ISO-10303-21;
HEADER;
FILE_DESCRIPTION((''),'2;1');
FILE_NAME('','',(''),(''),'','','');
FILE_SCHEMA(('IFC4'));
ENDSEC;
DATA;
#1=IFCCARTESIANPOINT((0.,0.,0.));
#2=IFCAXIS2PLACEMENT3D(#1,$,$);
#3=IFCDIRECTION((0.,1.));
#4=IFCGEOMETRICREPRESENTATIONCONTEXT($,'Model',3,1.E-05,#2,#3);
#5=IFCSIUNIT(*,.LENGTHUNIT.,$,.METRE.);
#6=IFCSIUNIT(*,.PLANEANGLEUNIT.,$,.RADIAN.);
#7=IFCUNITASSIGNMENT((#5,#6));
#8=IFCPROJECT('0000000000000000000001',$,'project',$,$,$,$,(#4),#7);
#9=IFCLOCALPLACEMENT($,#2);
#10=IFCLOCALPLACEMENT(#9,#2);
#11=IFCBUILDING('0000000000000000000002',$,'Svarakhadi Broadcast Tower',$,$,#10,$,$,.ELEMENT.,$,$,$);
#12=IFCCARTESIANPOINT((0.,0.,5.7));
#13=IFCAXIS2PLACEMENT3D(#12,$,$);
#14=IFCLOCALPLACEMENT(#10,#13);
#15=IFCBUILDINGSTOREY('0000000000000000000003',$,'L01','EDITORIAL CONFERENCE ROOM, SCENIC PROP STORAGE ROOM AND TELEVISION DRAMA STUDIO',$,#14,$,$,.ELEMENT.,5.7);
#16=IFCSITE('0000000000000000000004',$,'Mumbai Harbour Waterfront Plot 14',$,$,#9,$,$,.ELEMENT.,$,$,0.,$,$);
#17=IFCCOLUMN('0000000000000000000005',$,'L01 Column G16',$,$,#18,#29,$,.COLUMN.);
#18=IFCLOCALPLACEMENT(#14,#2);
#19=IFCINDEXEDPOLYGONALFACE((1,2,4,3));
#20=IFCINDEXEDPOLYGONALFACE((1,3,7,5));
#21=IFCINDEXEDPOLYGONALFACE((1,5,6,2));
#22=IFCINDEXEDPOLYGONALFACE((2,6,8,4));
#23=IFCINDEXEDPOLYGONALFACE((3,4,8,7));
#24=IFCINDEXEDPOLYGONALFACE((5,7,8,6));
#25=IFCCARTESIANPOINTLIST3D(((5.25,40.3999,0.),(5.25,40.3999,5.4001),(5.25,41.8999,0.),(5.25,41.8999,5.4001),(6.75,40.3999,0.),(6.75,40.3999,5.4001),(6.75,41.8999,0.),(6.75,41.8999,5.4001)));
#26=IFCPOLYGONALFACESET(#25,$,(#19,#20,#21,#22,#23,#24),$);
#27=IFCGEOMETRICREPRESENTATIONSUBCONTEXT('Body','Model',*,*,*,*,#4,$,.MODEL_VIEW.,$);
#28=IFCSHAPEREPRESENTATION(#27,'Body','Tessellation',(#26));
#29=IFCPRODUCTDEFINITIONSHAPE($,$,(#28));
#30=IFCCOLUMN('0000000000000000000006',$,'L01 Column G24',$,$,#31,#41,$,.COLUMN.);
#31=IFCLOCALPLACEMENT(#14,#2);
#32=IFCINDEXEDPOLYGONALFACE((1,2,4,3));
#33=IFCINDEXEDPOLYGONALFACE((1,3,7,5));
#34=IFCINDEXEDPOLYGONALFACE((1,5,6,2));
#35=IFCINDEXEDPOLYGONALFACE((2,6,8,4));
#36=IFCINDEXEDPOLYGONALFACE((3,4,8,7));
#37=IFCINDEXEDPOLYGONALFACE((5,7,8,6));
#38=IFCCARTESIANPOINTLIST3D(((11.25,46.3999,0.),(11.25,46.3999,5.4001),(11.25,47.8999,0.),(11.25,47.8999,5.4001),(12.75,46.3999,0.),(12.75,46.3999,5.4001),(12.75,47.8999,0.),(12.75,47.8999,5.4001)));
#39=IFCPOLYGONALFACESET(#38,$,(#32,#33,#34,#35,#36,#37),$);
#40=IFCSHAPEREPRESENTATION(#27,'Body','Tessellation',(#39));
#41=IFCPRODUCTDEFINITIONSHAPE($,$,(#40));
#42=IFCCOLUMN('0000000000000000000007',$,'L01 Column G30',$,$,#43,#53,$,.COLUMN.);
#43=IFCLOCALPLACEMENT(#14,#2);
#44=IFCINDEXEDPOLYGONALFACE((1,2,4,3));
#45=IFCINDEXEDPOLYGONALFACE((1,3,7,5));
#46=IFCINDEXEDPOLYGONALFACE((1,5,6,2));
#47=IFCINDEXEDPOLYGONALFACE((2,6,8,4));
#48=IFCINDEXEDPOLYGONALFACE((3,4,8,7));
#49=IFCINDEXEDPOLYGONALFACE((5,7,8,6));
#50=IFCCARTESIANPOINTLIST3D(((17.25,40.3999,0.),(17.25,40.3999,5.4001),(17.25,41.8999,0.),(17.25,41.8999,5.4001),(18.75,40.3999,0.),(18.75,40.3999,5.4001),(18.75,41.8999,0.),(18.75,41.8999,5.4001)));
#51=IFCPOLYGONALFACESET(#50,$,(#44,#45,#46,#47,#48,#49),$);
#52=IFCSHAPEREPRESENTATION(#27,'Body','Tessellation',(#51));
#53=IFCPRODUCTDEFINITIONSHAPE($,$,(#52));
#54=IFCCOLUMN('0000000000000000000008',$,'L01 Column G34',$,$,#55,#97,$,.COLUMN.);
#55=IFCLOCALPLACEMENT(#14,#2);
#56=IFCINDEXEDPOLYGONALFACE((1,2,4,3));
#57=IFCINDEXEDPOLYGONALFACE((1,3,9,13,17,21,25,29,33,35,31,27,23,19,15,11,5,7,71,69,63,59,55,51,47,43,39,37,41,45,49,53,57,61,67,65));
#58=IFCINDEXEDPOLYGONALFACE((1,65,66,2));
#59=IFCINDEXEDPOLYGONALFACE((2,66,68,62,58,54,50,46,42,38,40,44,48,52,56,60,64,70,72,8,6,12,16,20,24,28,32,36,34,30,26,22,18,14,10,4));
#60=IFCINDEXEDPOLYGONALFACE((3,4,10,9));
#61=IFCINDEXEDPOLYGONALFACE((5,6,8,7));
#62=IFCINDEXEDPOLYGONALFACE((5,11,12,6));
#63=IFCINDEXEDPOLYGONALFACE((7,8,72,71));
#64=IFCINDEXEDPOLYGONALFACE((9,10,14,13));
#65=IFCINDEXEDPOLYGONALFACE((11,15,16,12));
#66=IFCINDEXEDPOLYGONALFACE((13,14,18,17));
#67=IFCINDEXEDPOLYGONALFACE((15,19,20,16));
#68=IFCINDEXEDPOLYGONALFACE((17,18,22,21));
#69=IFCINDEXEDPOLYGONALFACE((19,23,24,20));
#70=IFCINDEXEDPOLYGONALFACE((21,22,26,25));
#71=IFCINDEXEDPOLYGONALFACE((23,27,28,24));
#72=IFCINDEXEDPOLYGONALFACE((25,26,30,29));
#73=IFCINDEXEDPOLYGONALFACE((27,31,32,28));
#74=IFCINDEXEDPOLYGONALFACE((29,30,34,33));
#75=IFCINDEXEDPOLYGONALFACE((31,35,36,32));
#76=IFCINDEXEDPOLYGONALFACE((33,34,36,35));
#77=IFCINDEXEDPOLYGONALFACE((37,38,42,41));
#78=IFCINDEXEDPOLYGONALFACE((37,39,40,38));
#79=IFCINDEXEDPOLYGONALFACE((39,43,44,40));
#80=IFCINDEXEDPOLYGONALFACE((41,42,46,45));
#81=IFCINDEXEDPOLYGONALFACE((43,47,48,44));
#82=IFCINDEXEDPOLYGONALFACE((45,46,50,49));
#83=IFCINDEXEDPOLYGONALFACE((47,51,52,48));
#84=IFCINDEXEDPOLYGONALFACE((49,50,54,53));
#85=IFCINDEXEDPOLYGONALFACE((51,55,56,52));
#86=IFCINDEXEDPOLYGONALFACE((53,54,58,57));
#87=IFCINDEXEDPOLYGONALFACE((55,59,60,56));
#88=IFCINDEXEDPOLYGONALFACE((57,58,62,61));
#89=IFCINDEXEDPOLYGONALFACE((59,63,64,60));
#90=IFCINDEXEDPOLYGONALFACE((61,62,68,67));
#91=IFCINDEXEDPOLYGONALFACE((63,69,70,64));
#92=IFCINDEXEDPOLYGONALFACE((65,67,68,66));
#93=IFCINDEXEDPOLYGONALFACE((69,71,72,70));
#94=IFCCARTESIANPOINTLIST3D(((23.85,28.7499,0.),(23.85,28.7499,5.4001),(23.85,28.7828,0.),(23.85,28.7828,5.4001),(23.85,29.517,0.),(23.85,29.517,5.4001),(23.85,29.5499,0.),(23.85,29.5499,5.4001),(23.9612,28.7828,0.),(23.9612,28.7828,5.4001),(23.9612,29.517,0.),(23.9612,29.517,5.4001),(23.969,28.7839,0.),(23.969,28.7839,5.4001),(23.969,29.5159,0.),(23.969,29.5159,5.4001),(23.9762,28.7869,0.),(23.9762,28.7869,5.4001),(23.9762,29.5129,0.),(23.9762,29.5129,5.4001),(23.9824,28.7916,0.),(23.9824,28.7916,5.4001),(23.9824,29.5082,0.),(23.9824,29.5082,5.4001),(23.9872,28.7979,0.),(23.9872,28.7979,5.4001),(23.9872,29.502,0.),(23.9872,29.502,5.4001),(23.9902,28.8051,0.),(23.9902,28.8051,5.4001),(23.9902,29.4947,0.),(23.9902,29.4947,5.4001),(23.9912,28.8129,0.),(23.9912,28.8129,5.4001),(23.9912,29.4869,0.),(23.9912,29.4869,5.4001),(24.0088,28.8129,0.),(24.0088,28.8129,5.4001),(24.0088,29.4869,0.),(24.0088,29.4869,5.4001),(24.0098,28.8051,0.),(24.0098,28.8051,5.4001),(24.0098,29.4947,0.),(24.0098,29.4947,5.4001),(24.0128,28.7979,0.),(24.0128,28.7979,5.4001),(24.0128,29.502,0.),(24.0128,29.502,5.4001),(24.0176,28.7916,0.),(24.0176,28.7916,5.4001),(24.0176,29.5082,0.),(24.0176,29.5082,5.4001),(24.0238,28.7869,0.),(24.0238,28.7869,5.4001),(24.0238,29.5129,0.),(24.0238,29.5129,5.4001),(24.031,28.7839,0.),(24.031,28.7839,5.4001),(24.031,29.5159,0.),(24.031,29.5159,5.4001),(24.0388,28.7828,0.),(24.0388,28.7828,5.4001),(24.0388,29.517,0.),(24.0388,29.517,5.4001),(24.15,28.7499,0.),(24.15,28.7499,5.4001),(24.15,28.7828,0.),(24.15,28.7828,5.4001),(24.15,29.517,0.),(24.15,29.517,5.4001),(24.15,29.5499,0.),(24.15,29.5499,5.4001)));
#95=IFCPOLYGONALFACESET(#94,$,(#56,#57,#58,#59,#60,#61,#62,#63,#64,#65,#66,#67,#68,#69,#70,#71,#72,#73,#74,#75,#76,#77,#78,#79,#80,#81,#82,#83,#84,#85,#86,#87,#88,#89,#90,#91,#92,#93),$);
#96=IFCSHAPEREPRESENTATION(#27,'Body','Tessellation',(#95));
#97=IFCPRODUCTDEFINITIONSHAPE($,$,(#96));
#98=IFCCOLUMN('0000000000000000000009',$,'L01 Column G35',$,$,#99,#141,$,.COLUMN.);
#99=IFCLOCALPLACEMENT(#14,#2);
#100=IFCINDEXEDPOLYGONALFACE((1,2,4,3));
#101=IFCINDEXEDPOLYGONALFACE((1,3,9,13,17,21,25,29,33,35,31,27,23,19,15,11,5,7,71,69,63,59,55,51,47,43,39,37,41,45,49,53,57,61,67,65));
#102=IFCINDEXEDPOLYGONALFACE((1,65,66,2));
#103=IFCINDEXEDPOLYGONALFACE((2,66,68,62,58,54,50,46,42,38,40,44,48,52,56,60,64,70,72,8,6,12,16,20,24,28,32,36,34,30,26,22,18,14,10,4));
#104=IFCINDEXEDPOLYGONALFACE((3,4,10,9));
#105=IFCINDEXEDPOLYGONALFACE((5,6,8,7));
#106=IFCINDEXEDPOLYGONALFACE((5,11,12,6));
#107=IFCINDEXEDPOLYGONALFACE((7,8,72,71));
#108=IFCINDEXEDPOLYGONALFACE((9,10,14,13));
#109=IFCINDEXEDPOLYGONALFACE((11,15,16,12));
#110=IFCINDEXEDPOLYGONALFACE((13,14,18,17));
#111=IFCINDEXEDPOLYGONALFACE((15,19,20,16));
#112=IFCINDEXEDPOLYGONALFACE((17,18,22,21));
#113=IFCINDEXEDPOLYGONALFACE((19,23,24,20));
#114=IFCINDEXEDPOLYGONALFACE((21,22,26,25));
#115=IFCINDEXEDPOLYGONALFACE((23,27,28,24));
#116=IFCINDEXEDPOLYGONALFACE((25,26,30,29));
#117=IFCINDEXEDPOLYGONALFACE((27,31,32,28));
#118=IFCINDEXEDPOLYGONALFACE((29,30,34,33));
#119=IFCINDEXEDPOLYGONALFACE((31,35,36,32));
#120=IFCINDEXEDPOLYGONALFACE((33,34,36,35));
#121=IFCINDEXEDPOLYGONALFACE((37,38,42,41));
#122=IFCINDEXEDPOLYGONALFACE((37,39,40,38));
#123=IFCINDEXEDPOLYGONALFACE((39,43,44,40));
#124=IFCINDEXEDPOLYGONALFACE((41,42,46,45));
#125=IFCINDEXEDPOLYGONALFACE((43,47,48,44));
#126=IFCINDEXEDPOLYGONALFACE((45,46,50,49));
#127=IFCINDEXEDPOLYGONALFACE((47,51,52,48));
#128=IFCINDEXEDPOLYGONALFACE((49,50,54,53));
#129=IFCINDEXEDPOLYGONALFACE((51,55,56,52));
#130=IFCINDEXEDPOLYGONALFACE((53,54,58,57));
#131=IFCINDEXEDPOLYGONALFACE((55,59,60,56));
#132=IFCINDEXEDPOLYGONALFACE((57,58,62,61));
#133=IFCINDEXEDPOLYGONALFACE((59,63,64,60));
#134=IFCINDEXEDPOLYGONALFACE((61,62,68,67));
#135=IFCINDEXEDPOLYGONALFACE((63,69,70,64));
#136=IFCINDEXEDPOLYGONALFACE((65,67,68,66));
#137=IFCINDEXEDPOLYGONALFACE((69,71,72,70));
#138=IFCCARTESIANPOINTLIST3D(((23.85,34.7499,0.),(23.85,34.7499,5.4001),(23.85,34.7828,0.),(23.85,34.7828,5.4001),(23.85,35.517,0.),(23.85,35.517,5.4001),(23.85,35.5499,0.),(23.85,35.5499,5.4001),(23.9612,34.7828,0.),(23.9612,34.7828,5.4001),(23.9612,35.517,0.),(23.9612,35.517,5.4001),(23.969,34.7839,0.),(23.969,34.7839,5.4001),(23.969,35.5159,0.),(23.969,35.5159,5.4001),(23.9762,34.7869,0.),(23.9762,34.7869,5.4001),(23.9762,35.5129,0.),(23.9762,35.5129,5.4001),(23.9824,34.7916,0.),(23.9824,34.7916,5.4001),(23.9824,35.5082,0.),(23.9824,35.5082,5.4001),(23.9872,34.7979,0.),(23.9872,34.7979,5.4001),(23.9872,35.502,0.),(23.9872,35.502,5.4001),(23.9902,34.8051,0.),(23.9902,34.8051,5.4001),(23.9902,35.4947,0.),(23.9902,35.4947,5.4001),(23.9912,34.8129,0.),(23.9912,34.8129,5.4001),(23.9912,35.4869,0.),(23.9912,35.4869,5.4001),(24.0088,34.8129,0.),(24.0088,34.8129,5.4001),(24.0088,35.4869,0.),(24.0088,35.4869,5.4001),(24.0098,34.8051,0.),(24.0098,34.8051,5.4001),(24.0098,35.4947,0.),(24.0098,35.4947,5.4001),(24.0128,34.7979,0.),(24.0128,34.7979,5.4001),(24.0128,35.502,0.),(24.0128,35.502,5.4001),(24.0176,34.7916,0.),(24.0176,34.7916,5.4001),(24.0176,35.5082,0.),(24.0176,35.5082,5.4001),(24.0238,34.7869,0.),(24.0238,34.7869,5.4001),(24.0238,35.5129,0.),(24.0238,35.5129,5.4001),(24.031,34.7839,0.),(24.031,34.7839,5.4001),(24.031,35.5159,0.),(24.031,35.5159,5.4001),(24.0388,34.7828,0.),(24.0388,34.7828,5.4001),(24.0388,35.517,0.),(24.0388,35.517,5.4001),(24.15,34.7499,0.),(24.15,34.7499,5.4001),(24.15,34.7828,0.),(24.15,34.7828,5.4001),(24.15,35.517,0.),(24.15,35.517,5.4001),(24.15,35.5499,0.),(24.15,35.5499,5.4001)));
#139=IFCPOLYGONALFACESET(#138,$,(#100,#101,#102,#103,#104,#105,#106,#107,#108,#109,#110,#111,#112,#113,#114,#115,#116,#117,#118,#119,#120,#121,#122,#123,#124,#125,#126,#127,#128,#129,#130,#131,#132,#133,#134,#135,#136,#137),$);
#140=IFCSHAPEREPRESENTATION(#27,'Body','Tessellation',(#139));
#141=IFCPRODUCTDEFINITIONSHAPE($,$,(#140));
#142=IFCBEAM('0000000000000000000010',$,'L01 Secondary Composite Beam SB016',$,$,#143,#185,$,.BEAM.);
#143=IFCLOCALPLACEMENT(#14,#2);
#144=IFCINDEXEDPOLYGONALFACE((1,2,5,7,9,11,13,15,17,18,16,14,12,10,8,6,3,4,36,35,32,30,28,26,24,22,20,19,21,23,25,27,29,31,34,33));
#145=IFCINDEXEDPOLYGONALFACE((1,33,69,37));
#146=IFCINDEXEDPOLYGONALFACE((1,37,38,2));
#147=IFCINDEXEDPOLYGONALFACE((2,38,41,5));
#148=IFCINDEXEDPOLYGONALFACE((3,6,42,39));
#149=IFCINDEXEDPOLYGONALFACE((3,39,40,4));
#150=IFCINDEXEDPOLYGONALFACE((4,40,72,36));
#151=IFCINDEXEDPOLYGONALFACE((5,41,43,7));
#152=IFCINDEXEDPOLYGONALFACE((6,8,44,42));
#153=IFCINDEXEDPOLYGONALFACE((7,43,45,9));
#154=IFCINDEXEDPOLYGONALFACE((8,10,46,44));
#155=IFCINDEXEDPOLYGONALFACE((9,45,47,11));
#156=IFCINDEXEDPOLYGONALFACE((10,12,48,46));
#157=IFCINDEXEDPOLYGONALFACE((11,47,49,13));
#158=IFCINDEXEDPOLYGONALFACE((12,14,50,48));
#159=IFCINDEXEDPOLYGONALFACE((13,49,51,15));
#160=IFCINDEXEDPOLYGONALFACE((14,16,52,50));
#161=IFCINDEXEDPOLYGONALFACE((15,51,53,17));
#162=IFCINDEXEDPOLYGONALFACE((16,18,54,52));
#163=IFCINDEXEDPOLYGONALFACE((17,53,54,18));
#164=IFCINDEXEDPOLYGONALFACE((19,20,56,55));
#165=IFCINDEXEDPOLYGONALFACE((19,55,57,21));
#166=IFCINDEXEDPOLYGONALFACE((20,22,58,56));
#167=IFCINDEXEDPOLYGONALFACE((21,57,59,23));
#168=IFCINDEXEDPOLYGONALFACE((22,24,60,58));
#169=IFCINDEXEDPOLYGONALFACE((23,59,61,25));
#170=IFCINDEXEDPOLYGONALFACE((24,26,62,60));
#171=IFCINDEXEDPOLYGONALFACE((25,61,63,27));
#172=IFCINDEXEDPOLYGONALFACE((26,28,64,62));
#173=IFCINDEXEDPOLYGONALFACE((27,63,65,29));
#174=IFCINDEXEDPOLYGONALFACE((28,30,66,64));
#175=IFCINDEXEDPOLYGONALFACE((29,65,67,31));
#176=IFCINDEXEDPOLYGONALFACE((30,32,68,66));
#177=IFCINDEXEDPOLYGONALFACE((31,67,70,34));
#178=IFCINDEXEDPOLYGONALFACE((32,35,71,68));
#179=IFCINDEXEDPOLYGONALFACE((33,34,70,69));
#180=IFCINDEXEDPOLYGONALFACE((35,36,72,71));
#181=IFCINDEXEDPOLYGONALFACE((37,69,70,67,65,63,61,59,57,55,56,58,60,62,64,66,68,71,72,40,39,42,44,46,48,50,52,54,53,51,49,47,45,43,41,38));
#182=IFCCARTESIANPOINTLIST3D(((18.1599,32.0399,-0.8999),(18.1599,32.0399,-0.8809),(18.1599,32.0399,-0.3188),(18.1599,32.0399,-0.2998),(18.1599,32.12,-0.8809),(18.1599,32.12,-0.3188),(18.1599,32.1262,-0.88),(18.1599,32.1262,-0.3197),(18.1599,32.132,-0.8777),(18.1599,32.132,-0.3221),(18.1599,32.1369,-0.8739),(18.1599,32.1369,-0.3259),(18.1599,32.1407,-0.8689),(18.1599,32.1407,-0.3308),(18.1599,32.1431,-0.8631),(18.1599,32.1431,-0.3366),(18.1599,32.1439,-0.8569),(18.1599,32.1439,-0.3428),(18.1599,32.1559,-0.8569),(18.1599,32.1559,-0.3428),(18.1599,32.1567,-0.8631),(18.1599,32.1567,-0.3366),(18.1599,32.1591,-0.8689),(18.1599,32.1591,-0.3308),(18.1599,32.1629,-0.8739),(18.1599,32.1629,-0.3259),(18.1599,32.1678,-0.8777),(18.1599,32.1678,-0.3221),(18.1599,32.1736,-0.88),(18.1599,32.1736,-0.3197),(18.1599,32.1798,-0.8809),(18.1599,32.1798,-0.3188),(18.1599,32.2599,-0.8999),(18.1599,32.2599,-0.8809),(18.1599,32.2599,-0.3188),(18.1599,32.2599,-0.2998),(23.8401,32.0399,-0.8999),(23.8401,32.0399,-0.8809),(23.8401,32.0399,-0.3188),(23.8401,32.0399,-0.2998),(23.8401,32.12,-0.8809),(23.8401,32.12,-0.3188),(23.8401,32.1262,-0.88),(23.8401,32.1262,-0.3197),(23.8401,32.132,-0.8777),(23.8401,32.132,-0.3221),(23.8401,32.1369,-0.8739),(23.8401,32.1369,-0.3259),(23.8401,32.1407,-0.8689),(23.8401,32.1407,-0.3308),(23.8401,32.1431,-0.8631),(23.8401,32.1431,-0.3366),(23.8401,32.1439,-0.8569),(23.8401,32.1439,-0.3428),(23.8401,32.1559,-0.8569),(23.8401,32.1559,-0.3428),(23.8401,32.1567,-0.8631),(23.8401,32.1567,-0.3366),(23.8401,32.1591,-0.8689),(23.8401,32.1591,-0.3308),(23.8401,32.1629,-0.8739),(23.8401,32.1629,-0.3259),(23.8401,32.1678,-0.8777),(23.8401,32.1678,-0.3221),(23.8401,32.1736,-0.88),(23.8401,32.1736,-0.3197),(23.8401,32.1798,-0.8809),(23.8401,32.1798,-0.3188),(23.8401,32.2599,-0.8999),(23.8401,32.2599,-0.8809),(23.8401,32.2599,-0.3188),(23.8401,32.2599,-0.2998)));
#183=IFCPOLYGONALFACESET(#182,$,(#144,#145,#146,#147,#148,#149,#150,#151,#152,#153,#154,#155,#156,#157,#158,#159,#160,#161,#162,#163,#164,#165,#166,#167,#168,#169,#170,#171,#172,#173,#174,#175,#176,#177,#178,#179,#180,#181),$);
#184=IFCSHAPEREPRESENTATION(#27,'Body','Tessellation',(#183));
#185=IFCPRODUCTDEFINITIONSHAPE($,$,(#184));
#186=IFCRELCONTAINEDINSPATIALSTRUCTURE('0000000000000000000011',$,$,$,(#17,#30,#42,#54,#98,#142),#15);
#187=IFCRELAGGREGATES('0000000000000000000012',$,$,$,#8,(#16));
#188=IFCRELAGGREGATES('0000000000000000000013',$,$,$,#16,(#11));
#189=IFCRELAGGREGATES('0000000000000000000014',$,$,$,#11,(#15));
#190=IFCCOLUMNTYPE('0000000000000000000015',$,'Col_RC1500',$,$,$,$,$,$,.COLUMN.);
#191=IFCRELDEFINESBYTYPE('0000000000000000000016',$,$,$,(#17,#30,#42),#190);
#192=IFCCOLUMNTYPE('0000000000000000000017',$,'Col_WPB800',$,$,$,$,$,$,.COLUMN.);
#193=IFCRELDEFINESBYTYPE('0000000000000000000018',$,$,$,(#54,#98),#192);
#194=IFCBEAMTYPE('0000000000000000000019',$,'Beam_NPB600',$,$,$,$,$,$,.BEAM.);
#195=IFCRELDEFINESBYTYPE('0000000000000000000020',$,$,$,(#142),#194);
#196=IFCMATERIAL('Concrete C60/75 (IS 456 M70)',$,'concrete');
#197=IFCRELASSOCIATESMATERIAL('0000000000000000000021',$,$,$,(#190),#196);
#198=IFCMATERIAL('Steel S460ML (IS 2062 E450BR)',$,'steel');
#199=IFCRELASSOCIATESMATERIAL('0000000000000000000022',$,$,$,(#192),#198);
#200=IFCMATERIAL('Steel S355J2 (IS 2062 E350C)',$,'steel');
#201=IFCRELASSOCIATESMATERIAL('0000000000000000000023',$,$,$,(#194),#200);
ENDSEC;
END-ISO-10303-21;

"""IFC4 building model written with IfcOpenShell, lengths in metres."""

from ifc_helpers import new_model, si_unit, direction, frame, origin, origin_2d, place, context, subcontext, project, spatial, rectangle, i_section, extrude, material, material_profile, profile_set, type_object, element, save


model = new_model("IFC4")

# Units and contexts
model_context = context("Model", 3, precision=1e-05, world=origin(), true_north=direction((0.0, 1.0)))
body_context = subcontext(model_context, "Body", "Model", "MODEL_VIEW")
ifc_project = project(units=[si_unit("LENGTHUNIT", "METRE"), si_unit("PLANEANGLEUNIT", "RADIAN")], contexts=[model_context])

# Site, building, storey
site_placement = place(None, origin())
site = spatial("IfcSite", under=ifc_project, at=site_placement, Name="Mumbai Harbour Waterfront Plot 14", CompositionType="ELEMENT", RefElevation=0.0)
building_placement = place(site_placement, origin())
building = spatial("IfcBuilding", under=site, at=building_placement, Name="Svarakhadi Broadcast Tower", CompositionType="ELEMENT")
storey_placement = place(building_placement, frame((0.0, 0.0, 5.7)))
storey = spatial("IfcBuildingStorey", under=building, at=storey_placement, Name="L01", Description="EDITORIAL CONFERENCE ROOM, SCENIC PROP STORAGE ROOM AND TELEVISION DRAMA STUDIO", CompositionType="ELEMENT", Elevation=5.7)

# Columns
ifc_material_1 = material(Name="Steel S460ML (IS 2062 E450BR)", Category="steel")
ifc_material_2 = material(Name="Concrete C60/75 (IS 456 M70)", Category="concrete")
ifc_material_profile_1 = material_profile(ifc_material_2, rectangle(XDim=1.5, YDim=1.5, at=origin_2d()), Name="RC 1500x1500")
ifc_profile_set_1 = profile_set([ifc_material_profile_1], Name="Concrete C60/75 (IS 456 M70)")
column_type_1 = type_object("IfcColumnType", Name="Col_RC1500", PredefinedType="COLUMN", material=ifc_profile_set_1)
for number, where, z_axis, x_axis, name in (
    (1, (6.0, 41.1499, 0.0), (0.0, 0.0, 1.0), (1.0, 0.0, 0.0), "L01 Column G16"),
    (2, (12.0, 47.1499, 0.0), (0.0, 0.0, 1.0), (1.0, 0.0, 0.0), "L01 Column G24"),
    (3, (18.0, 41.1499, 0.0), (0.0, 0.0, 1.0), (1.0, 0.0, 0.0), "L01 Column G30"),
):
    element("IfcColumn", number, at=place(storey_placement, frame(where, z_axis=z_axis, x_axis=x_axis)), inside=storey, type_object=column_type_1, Name=name, PredefinedType="COLUMN", context=body_context, shape_type="SweptSolid", body=[
        extrude(rectangle(XDim=1.5, YDim=1.5, at=origin_2d()), origin(), (0.0, 0.0, 1.0), 5.4001),
    ])
ifc_material_profile_2 = material_profile(ifc_material_1, i_section(OverallWidth=0.3, OverallDepth=0.8, WebThickness=0.0176, FlangeThickness=0.033, FilletRadius=0.03, at=origin_2d()), Name="WPB 800x300x262")
ifc_profile_set_2 = profile_set([ifc_material_profile_2], Name="Steel S460ML (IS 2062 E450BR)")
column_type_2 = type_object("IfcColumnType", Name="Col_WPB800", PredefinedType="COLUMN", material=ifc_profile_set_2)
for number, where, z_axis, x_axis, name in (
    (4, (24.0, 29.1499, 0.0), (0.0, 0.0, 1.0), (1.0, 0.0, 0.0), "L01 Column G34"),
    (5, (24.0, 35.1499, 0.0), (0.0, 0.0, 1.0), (1.0, 0.0, 0.0), "L01 Column G35"),
):
    element("IfcColumn", number, at=place(storey_placement, frame(where, z_axis=z_axis, x_axis=x_axis)), inside=storey, type_object=column_type_2, Name=name, PredefinedType="COLUMN", context=body_context, shape_type="SweptSolid", body=[
        extrude(i_section(OverallWidth=0.3, OverallDepth=0.8, WebThickness=0.0176, FlangeThickness=0.033, FilletRadius=0.03, at=origin_2d()), origin(), (0.0, 0.0, 1.0), 5.4001),
    ])

# Beam
ifc_material_3 = material(Name="Steel S355J2 (IS 2062 E350C)", Category="steel")
ifc_material_profile_3 = material_profile(ifc_material_3, i_section(OverallWidth=0.22, OverallDepth=0.6001, WebThickness=0.012, FlangeThickness=0.019, FilletRadius=0.0239, at=origin_2d()), Name="NPB 600x220x122")
ifc_profile_set_3 = profile_set([ifc_material_profile_3], Name="Steel S355J2 (IS 2062 E350C)")
beam_type_1 = type_object("IfcBeamType", Name="Beam_NPB600", PredefinedType="BEAM", material=ifc_profile_set_3)
beam_1_placement = place(storey_placement, frame((18.1599, 32.1499, -0.5999), z_axis=(1.0, 0.0, 0.0), x_axis=(0.0, 1.0, 0.0)))
element("IfcBeam", 6, at=beam_1_placement, inside=storey, type_object=beam_type_1, Name="L01 Secondary Composite Beam SB016", PredefinedType="BEAM", context=body_context, shape_type="SweptSolid", body=[
    extrude(i_section(OverallWidth=0.22, OverallDepth=0.6001, WebThickness=0.012, FlangeThickness=0.019, FilletRadius=0.0239, at=origin_2d()), origin(), (0.0, 0.0, 1.0), 5.6802),
])

save(model, "model.ifc")
